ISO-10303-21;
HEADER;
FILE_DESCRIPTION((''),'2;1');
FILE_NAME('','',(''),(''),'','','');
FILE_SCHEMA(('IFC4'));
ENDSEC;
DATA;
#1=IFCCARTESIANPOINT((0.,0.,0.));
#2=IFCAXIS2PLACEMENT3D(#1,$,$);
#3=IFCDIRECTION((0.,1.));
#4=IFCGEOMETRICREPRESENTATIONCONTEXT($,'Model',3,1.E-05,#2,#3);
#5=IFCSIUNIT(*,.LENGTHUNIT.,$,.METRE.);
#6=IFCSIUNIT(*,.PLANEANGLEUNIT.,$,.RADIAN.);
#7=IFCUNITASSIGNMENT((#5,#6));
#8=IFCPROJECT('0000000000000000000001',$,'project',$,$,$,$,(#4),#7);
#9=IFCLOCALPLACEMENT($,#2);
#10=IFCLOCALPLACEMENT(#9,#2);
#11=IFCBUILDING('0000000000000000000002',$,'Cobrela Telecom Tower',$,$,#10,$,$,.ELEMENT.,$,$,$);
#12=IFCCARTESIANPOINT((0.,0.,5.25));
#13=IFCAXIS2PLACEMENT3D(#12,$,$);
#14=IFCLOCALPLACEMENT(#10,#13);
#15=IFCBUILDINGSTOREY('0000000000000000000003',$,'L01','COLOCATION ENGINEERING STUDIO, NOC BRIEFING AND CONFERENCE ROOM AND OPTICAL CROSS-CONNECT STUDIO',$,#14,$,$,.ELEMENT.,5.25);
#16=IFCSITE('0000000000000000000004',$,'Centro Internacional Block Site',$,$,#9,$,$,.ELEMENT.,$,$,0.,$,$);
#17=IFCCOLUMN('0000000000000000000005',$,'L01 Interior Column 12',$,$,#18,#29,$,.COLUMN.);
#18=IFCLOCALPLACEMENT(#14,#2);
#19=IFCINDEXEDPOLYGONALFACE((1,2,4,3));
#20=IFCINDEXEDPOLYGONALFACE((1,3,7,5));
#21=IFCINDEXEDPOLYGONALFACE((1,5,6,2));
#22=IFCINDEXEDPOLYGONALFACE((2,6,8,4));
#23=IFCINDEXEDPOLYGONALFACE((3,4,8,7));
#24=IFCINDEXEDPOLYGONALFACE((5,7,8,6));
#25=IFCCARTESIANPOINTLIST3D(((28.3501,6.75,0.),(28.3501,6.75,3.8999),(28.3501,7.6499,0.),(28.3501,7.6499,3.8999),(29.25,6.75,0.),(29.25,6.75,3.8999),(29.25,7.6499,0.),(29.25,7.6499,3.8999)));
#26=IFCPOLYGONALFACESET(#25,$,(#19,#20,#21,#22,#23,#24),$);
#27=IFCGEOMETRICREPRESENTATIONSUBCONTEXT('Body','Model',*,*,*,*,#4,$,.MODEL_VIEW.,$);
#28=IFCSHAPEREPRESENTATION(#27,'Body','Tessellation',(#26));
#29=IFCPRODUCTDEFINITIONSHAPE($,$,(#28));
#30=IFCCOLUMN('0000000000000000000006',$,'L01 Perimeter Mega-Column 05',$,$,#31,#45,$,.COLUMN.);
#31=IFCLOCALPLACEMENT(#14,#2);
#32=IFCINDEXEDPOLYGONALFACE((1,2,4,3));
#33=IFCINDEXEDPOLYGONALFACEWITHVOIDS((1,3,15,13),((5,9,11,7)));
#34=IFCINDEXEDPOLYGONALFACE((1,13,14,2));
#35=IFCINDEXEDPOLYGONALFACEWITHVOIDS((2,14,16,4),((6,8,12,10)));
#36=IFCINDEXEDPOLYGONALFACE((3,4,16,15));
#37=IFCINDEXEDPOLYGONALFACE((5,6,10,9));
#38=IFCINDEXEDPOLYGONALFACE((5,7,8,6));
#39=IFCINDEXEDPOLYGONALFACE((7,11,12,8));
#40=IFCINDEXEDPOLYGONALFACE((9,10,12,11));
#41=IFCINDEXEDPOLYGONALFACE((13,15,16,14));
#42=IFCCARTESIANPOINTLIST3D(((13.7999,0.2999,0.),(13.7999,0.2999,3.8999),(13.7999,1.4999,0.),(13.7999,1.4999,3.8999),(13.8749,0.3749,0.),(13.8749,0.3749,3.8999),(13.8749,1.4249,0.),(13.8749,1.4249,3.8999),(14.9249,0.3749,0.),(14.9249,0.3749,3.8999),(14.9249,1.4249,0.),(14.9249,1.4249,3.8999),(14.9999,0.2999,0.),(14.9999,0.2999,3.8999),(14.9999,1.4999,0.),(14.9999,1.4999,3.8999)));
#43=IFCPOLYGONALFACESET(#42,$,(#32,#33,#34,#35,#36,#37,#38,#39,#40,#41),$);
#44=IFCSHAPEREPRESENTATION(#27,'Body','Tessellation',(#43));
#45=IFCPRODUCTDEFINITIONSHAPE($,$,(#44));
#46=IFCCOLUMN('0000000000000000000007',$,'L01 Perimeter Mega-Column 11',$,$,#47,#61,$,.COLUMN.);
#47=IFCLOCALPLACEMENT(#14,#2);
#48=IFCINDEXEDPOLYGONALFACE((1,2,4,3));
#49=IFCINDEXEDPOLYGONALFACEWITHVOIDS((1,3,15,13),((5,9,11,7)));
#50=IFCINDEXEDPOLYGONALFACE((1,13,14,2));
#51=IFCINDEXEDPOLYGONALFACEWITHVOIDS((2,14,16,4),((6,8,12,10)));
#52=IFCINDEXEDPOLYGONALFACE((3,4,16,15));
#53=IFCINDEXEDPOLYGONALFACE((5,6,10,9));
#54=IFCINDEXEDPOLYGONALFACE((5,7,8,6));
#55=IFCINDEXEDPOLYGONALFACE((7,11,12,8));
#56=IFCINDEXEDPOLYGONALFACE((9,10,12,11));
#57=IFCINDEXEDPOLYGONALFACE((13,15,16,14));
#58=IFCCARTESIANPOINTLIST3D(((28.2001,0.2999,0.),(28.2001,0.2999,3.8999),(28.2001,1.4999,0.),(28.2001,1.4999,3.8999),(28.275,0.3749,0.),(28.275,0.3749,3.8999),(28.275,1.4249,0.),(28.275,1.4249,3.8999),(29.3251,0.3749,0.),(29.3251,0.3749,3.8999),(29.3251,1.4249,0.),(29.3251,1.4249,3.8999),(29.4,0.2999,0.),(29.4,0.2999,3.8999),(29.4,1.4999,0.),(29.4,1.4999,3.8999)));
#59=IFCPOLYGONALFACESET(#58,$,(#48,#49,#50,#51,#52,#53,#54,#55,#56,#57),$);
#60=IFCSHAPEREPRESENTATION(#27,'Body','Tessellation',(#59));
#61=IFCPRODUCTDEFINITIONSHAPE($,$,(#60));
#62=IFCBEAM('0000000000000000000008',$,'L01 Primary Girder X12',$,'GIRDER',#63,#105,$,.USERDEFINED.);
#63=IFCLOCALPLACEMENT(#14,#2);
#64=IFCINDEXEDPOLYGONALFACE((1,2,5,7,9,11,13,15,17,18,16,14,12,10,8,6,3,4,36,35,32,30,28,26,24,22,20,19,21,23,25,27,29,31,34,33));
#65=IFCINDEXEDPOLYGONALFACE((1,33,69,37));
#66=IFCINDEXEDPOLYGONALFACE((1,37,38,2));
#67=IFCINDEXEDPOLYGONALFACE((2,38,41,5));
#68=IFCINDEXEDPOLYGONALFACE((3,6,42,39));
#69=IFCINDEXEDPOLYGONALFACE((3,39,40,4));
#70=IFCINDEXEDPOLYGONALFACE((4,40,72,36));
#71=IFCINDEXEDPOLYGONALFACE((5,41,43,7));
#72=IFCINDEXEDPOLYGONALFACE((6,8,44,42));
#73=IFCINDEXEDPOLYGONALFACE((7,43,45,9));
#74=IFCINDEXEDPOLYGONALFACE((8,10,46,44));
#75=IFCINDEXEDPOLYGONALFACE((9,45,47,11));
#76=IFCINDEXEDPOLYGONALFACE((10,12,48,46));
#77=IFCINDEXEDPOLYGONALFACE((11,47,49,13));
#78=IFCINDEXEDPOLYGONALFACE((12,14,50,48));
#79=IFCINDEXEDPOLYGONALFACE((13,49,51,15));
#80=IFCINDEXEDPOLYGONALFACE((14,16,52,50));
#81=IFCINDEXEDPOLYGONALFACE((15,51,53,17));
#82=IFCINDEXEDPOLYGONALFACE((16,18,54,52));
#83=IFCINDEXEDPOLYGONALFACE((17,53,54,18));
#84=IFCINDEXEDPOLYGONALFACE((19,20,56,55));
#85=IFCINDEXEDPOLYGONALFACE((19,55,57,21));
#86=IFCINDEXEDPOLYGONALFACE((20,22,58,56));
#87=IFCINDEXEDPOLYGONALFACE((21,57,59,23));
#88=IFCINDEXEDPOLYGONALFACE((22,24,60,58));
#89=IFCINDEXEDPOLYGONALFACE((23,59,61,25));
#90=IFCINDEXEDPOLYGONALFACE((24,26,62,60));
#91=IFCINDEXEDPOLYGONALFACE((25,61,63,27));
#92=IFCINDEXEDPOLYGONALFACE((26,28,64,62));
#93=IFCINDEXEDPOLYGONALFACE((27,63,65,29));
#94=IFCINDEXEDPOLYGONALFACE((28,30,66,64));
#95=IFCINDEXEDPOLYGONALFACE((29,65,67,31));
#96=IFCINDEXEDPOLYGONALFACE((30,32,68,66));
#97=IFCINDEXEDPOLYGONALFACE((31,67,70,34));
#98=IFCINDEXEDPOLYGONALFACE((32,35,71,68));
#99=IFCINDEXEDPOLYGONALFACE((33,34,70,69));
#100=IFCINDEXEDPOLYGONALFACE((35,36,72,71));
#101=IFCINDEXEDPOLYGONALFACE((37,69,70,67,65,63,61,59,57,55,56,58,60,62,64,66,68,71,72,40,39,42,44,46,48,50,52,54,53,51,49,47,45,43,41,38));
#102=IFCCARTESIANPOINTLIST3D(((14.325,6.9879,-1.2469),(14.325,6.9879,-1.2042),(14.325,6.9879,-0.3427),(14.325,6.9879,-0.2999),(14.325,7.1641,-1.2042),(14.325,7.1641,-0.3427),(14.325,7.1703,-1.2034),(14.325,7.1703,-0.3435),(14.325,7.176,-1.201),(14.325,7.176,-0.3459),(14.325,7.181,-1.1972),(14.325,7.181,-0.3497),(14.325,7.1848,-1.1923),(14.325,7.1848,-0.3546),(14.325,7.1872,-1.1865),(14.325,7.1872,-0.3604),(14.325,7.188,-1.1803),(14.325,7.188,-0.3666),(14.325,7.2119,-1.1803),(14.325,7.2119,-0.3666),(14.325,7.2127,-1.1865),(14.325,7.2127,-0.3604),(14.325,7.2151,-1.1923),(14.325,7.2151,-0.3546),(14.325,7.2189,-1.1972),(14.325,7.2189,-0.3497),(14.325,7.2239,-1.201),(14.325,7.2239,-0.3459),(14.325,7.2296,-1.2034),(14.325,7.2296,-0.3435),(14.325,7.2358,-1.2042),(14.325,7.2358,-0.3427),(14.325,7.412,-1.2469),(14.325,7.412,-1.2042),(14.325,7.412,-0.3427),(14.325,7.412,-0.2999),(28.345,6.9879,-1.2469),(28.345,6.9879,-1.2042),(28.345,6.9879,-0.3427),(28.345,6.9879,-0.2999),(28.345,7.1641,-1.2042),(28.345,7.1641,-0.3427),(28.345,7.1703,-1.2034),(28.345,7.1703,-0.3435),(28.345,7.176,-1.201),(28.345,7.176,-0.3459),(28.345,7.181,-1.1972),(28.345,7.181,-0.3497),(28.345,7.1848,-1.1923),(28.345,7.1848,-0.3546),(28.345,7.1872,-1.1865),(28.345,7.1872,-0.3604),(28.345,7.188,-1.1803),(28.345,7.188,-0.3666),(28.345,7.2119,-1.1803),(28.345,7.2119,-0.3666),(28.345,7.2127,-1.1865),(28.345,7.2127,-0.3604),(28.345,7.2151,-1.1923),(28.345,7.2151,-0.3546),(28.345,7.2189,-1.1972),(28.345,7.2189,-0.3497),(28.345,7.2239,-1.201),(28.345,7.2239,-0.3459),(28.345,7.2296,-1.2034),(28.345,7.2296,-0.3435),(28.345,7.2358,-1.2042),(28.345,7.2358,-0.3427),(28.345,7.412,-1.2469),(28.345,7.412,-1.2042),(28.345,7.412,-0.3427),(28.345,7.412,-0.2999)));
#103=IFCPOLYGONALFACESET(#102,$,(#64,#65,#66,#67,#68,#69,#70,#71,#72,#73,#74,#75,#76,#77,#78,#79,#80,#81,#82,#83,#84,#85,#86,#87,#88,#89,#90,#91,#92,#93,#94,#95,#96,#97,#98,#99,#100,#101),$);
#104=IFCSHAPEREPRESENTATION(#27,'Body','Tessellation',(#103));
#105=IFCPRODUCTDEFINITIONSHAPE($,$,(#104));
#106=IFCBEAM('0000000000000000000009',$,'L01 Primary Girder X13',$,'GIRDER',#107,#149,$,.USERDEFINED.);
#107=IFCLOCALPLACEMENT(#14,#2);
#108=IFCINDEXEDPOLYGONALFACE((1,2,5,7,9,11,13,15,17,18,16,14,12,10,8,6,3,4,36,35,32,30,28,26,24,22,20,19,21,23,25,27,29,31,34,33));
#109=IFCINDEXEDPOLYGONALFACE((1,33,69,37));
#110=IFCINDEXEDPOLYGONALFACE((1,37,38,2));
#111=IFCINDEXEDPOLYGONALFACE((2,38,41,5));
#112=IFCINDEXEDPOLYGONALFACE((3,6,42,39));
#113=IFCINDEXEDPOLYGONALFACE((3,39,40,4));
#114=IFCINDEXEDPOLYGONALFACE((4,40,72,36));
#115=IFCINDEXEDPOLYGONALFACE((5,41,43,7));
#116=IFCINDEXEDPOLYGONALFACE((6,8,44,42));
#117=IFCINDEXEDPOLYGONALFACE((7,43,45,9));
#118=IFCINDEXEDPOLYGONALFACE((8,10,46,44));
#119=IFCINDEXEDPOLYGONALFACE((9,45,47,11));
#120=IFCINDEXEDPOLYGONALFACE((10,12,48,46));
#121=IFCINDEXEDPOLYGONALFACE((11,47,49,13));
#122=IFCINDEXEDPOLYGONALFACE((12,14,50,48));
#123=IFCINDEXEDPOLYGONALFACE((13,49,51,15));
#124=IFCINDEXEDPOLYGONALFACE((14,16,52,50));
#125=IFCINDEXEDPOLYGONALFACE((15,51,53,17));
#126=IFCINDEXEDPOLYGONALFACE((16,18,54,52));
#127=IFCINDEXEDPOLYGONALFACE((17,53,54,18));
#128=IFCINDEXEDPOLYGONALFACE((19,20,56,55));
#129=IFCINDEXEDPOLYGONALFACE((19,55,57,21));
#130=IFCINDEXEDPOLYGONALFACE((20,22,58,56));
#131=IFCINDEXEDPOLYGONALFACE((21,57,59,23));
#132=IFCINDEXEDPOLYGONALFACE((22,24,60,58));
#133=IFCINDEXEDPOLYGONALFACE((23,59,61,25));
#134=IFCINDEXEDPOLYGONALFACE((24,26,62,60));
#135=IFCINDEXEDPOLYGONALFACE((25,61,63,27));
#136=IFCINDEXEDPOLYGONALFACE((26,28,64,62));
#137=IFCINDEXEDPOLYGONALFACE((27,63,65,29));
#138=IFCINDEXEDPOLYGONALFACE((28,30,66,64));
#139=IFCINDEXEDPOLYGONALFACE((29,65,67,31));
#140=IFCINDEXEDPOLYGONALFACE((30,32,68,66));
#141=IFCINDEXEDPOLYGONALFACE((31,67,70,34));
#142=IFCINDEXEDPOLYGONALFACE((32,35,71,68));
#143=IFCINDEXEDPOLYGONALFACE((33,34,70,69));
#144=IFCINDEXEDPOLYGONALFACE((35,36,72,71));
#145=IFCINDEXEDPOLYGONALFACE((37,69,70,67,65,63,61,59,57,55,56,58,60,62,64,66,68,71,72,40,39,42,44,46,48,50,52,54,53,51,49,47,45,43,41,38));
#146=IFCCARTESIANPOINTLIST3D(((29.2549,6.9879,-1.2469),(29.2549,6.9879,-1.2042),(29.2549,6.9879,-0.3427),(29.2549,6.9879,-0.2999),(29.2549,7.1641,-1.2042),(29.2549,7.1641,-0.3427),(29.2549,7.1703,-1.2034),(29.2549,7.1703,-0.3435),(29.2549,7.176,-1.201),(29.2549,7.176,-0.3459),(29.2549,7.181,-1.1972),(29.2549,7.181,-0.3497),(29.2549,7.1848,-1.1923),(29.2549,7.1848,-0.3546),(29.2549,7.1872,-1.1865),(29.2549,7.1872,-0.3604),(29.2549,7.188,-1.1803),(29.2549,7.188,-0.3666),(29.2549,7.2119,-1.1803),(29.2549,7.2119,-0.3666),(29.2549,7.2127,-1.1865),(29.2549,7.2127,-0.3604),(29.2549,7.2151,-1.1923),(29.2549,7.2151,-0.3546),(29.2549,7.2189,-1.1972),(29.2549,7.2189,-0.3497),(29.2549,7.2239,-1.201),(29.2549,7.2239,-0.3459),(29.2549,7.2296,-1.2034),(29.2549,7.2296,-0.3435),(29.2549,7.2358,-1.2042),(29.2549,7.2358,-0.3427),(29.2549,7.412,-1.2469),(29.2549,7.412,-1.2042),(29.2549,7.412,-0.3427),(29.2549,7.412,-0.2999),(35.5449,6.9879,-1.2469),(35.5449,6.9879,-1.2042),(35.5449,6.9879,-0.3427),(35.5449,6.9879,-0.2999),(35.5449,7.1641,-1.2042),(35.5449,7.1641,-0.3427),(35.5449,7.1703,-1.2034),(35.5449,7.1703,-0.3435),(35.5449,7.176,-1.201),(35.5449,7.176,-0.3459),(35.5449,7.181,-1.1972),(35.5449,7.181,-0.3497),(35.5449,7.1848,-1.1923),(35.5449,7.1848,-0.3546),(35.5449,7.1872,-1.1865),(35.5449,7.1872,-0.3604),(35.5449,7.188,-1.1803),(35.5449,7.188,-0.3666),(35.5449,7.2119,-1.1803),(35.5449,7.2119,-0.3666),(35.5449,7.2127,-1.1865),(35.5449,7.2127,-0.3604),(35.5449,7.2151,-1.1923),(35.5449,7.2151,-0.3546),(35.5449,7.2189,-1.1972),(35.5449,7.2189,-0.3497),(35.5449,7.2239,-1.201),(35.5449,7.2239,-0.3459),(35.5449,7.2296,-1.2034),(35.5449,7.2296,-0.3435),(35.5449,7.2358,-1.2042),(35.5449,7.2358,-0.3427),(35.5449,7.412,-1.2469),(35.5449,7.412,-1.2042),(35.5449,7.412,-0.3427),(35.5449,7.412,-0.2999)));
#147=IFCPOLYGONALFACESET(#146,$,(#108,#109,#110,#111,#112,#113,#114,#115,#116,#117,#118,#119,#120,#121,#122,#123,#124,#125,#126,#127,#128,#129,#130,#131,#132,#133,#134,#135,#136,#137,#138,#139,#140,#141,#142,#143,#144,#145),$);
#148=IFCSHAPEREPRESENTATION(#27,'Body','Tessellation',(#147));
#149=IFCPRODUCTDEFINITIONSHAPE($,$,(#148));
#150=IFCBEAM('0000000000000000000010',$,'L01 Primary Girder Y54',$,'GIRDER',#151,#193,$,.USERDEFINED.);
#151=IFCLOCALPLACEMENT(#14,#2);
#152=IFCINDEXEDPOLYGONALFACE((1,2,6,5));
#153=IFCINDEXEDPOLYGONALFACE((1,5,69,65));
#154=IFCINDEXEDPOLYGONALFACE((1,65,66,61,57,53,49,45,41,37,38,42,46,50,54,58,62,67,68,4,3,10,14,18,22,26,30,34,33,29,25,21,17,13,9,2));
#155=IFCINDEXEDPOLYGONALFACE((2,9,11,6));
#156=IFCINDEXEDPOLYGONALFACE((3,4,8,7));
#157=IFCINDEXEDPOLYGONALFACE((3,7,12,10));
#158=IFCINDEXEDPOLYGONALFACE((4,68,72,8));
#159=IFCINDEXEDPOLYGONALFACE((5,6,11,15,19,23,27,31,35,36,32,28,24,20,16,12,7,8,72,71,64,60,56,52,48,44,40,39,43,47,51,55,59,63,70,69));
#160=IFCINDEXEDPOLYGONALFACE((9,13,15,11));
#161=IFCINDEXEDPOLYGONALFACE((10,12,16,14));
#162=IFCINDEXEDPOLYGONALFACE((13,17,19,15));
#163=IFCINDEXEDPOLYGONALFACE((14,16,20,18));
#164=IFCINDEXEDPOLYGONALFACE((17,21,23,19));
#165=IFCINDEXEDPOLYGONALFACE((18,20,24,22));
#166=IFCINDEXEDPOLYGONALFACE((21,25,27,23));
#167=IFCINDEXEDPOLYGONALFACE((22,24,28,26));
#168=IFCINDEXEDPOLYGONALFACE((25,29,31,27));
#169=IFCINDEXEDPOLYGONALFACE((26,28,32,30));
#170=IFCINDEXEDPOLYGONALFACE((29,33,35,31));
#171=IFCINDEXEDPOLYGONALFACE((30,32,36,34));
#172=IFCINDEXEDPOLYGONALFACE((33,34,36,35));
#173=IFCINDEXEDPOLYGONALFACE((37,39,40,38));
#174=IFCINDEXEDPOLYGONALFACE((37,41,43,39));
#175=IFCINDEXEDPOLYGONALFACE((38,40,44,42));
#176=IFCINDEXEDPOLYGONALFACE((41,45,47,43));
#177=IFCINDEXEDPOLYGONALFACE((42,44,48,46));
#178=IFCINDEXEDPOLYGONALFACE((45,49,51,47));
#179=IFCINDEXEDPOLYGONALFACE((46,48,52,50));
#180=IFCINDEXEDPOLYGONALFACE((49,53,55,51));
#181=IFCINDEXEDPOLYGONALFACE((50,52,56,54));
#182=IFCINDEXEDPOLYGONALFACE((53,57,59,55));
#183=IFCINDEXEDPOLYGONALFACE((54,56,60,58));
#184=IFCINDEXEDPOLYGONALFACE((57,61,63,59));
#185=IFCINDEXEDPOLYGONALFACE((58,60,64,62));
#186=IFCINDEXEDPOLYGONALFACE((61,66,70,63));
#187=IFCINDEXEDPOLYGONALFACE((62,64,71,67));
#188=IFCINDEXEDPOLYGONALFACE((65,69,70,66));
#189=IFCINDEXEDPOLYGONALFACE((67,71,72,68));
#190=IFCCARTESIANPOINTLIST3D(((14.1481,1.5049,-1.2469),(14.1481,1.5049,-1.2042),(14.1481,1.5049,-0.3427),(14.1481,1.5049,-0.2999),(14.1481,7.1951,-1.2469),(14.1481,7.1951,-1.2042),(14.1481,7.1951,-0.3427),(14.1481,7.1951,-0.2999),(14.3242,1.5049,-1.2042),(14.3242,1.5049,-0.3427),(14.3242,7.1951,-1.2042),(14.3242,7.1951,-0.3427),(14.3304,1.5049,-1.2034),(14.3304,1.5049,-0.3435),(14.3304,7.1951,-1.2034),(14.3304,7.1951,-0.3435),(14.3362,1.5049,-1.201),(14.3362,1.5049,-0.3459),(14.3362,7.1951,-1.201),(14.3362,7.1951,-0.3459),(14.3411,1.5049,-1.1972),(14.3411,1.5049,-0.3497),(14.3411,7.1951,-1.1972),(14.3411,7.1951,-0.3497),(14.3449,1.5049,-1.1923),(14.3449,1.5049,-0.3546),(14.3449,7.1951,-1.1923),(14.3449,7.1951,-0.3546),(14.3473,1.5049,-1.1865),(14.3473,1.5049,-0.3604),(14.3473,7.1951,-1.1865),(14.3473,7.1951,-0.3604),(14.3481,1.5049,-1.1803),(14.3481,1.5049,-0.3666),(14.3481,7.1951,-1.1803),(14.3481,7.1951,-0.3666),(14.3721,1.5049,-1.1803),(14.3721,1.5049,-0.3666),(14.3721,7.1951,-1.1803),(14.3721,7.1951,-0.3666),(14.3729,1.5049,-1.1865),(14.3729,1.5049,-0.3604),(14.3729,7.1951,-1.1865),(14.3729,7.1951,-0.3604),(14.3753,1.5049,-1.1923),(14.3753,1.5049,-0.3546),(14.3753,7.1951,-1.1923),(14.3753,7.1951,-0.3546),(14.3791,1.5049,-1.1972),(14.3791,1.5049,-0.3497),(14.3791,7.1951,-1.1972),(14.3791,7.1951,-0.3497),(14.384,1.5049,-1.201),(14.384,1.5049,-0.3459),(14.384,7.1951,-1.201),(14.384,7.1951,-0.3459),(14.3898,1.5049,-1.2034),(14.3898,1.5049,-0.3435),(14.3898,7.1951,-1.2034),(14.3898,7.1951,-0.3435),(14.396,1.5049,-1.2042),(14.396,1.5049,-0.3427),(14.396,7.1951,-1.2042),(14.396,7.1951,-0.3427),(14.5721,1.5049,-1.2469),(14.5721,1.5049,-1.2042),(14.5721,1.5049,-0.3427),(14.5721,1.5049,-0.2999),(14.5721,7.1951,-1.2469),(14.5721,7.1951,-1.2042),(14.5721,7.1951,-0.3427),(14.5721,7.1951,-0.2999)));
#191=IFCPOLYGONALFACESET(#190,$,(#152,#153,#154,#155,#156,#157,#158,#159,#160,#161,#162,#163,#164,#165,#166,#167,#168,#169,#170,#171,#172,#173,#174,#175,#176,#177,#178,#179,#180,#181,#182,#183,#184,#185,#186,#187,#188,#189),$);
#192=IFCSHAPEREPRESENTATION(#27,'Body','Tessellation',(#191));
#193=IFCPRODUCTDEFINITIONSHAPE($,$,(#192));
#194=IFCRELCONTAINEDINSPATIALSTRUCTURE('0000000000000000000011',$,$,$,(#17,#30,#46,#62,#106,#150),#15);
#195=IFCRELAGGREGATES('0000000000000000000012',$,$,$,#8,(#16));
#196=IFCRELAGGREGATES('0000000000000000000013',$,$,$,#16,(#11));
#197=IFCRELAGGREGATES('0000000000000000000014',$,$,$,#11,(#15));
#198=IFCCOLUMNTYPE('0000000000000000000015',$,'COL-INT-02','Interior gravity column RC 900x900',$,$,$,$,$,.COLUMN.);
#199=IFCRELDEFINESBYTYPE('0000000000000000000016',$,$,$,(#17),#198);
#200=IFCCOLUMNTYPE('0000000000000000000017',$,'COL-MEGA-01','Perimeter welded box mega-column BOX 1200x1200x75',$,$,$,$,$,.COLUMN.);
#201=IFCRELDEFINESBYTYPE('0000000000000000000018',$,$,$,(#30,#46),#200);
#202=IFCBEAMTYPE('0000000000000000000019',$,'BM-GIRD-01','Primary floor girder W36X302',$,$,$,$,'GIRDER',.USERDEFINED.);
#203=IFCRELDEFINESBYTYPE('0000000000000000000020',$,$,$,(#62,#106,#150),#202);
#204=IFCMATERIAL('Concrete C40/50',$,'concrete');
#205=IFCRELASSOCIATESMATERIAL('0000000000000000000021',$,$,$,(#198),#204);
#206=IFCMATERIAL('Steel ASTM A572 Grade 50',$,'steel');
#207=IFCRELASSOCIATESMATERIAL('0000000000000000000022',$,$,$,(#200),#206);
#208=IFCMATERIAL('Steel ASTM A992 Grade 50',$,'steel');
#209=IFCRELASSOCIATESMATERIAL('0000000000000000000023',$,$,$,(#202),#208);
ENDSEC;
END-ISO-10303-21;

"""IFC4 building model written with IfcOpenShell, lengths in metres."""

from ifc_helpers import new_model, si_unit, direction, frame, origin, origin_2d, place, context, subcontext, project, spatial, rectangle, hollow_rectangle, i_section, extrude, material, material_profile, profile_set, type_object, element, save


model = new_model("IFC4")

# Units and contexts
model_context = context("Model", 3, precision=1e-05, world=origin(), true_north=direction((0.0, 1.0)))
body_context = subcontext(model_context, "Body", "Model", "MODEL_VIEW")
ifc_project = project(units=[si_unit("LENGTHUNIT", "METRE"), si_unit("PLANEANGLEUNIT", "RADIAN")], contexts=[model_context])

# Site, building, storey
site_placement = place(None, origin())
site = spatial("IfcSite", under=ifc_project, at=site_placement, Name="Centro Internacional Block Site", CompositionType="ELEMENT", RefElevation=0.0)
building_placement = place(site_placement, origin())
building = spatial("IfcBuilding", under=site, at=building_placement, Name="Cobrela Telecom Tower", CompositionType="ELEMENT")
storey_placement = place(building_placement, frame((0.0, 0.0, 5.25)))
storey = spatial("IfcBuildingStorey", under=building, at=storey_placement, Name="L01", Description="COLOCATION ENGINEERING STUDIO, NOC BRIEFING AND CONFERENCE ROOM AND OPTICAL CROSS-CONNECT STUDIO", CompositionType="ELEMENT", Elevation=5.25)

# Columns
ifc_material_1 = material(Name="Concrete C40/50", Category="concrete")
ifc_material_profile_1 = material_profile(ifc_material_1, rectangle(XDim=0.8999, YDim=0.8999, at=origin_2d()), Name="RC 900x900")
ifc_profile_set_1 = profile_set([ifc_material_profile_1], Name="Concrete C40/50")
column_type_1 = type_object("IfcColumnType", Name="COL-INT-02", Description="Interior gravity column RC 900x900", PredefinedType="COLUMN", material=ifc_profile_set_1)
column_placement = place(storey_placement, frame((28.8, 7.2, 0.0), z_axis=(0.0, 0.0, 1.0), x_axis=(1.0, 0.0, 0.0)))
element("IfcColumn", 1, at=column_placement, inside=storey, type_object=column_type_1, Name="L01 Interior Column 12", PredefinedType="COLUMN", context=body_context, shape_type="SweptSolid", body=[
    extrude(rectangle(XDim=0.8999, YDim=0.8999, at=origin_2d()), origin(), (0.0, 0.0, 1.0), 3.8999),
])
ifc_material_2 = material(Name="Steel ASTM A572 Grade 50", Category="steel")
ifc_material_profile_2 = material_profile(ifc_material_2, hollow_rectangle(XDim=1.2, YDim=1.2, WallThickness=0.075, at=origin_2d()), Name="BOX 1200x1200x75")
ifc_profile_set_2 = profile_set([ifc_material_profile_2], Name="Steel ASTM A572 Grade 50")
column_type_2 = type_object("IfcColumnType", Name="COL-MEGA-01", Description="Perimeter welded box mega-column BOX 1200x1200x75", PredefinedType="COLUMN", material=ifc_profile_set_2)
for number, where, z_axis, x_axis, name in (
    (2, (14.3999, 0.8999, 0.0), (0.0, 0.0, 1.0), (1.0, 0.0, 0.0), "L01 Perimeter Mega-Column 05"),
    (3, (28.8, 0.8999, 0.0), (0.0, 0.0, 1.0), (1.0, 0.0, 0.0), "L01 Perimeter Mega-Column 11"),
):
    element("IfcColumn", number, at=place(storey_placement, frame(where, z_axis=z_axis, x_axis=x_axis)), inside=storey, type_object=column_type_2, Name=name, PredefinedType="COLUMN", context=body_context, shape_type="SweptSolid", body=[
        extrude(hollow_rectangle(XDim=1.2, YDim=1.2, WallThickness=0.075, at=origin_2d()), origin(), (0.0, 0.0, 1.0), 3.8999),
    ])

# Beams
ifc_material_3 = material(Name="Steel ASTM A992 Grade 50", Category="steel")
ifc_material_profile_3 = material_profile(ifc_material_3, i_section(OverallWidth=0.4241, OverallDepth=0.947, WebThickness=0.0239, FlangeThickness=0.0427, FilletRadius=0.0239, at=origin_2d()), Name="W36X302")
ifc_profile_set_3 = profile_set([ifc_material_profile_3], Name="Steel ASTM A992 Grade 50")
beam_type_1 = type_object("IfcBeamType", Name="BM-GIRD-01", Description="Primary floor girder W36X302", ElementType="GIRDER", PredefinedType="USERDEFINED", material=ifc_profile_set_3)
beam_1_placement = place(storey_placement, frame((14.325, 7.2, -0.7734), z_axis=(1.0, 0.0, 0.0), x_axis=(0.0, 1.0, 0.0)))
element("IfcBeam", 4, at=beam_1_placement, inside=storey, type_object=beam_type_1, Name="L01 Primary Girder X12", ObjectType="GIRDER", PredefinedType="USERDEFINED", context=body_context, shape_type="SweptSolid", body=[
    extrude(i_section(OverallWidth=0.4241, OverallDepth=0.947, WebThickness=0.0239, FlangeThickness=0.0427, FilletRadius=0.0239, at=origin_2d()), origin(), (0.0, 0.0, 1.0), 14.02),
])
beam_2_placement = place(storey_placement, frame((29.2549, 7.2, -0.7734), z_axis=(1.0, 0.0, 0.0), x_axis=(0.0, 1.0, 0.0)))
element("IfcBeam", 5, at=beam_2_placement, inside=storey, type_object=beam_type_1, Name="L01 Primary Girder X13", ObjectType="GIRDER", PredefinedType="USERDEFINED", context=body_context, shape_type="SweptSolid", body=[
    extrude(i_section(OverallWidth=0.4241, OverallDepth=0.947, WebThickness=0.0239, FlangeThickness=0.0427, FilletRadius=0.0239, at=origin_2d()), origin(), (0.0, 0.0, 1.0), 6.29),
])
beam_3_placement = place(storey_placement, frame((14.3601, 1.5049, -0.7734), z_axis=(0.0, 1.0, 0.0), x_axis=(-1.0, 0.0, 0.0)))
element("IfcBeam", 6, at=beam_3_placement, inside=storey, type_object=beam_type_1, Name="L01 Primary Girder Y54", ObjectType="GIRDER", PredefinedType="USERDEFINED", context=body_context, shape_type="SweptSolid", body=[
    extrude(i_section(OverallWidth=0.4241, OverallDepth=0.947, WebThickness=0.0239, FlangeThickness=0.0427, FilletRadius=0.0239, at=origin_2d()), origin(), (0.0, 0.0, 1.0), 5.6902),
])

save(model, "model.ifc")
